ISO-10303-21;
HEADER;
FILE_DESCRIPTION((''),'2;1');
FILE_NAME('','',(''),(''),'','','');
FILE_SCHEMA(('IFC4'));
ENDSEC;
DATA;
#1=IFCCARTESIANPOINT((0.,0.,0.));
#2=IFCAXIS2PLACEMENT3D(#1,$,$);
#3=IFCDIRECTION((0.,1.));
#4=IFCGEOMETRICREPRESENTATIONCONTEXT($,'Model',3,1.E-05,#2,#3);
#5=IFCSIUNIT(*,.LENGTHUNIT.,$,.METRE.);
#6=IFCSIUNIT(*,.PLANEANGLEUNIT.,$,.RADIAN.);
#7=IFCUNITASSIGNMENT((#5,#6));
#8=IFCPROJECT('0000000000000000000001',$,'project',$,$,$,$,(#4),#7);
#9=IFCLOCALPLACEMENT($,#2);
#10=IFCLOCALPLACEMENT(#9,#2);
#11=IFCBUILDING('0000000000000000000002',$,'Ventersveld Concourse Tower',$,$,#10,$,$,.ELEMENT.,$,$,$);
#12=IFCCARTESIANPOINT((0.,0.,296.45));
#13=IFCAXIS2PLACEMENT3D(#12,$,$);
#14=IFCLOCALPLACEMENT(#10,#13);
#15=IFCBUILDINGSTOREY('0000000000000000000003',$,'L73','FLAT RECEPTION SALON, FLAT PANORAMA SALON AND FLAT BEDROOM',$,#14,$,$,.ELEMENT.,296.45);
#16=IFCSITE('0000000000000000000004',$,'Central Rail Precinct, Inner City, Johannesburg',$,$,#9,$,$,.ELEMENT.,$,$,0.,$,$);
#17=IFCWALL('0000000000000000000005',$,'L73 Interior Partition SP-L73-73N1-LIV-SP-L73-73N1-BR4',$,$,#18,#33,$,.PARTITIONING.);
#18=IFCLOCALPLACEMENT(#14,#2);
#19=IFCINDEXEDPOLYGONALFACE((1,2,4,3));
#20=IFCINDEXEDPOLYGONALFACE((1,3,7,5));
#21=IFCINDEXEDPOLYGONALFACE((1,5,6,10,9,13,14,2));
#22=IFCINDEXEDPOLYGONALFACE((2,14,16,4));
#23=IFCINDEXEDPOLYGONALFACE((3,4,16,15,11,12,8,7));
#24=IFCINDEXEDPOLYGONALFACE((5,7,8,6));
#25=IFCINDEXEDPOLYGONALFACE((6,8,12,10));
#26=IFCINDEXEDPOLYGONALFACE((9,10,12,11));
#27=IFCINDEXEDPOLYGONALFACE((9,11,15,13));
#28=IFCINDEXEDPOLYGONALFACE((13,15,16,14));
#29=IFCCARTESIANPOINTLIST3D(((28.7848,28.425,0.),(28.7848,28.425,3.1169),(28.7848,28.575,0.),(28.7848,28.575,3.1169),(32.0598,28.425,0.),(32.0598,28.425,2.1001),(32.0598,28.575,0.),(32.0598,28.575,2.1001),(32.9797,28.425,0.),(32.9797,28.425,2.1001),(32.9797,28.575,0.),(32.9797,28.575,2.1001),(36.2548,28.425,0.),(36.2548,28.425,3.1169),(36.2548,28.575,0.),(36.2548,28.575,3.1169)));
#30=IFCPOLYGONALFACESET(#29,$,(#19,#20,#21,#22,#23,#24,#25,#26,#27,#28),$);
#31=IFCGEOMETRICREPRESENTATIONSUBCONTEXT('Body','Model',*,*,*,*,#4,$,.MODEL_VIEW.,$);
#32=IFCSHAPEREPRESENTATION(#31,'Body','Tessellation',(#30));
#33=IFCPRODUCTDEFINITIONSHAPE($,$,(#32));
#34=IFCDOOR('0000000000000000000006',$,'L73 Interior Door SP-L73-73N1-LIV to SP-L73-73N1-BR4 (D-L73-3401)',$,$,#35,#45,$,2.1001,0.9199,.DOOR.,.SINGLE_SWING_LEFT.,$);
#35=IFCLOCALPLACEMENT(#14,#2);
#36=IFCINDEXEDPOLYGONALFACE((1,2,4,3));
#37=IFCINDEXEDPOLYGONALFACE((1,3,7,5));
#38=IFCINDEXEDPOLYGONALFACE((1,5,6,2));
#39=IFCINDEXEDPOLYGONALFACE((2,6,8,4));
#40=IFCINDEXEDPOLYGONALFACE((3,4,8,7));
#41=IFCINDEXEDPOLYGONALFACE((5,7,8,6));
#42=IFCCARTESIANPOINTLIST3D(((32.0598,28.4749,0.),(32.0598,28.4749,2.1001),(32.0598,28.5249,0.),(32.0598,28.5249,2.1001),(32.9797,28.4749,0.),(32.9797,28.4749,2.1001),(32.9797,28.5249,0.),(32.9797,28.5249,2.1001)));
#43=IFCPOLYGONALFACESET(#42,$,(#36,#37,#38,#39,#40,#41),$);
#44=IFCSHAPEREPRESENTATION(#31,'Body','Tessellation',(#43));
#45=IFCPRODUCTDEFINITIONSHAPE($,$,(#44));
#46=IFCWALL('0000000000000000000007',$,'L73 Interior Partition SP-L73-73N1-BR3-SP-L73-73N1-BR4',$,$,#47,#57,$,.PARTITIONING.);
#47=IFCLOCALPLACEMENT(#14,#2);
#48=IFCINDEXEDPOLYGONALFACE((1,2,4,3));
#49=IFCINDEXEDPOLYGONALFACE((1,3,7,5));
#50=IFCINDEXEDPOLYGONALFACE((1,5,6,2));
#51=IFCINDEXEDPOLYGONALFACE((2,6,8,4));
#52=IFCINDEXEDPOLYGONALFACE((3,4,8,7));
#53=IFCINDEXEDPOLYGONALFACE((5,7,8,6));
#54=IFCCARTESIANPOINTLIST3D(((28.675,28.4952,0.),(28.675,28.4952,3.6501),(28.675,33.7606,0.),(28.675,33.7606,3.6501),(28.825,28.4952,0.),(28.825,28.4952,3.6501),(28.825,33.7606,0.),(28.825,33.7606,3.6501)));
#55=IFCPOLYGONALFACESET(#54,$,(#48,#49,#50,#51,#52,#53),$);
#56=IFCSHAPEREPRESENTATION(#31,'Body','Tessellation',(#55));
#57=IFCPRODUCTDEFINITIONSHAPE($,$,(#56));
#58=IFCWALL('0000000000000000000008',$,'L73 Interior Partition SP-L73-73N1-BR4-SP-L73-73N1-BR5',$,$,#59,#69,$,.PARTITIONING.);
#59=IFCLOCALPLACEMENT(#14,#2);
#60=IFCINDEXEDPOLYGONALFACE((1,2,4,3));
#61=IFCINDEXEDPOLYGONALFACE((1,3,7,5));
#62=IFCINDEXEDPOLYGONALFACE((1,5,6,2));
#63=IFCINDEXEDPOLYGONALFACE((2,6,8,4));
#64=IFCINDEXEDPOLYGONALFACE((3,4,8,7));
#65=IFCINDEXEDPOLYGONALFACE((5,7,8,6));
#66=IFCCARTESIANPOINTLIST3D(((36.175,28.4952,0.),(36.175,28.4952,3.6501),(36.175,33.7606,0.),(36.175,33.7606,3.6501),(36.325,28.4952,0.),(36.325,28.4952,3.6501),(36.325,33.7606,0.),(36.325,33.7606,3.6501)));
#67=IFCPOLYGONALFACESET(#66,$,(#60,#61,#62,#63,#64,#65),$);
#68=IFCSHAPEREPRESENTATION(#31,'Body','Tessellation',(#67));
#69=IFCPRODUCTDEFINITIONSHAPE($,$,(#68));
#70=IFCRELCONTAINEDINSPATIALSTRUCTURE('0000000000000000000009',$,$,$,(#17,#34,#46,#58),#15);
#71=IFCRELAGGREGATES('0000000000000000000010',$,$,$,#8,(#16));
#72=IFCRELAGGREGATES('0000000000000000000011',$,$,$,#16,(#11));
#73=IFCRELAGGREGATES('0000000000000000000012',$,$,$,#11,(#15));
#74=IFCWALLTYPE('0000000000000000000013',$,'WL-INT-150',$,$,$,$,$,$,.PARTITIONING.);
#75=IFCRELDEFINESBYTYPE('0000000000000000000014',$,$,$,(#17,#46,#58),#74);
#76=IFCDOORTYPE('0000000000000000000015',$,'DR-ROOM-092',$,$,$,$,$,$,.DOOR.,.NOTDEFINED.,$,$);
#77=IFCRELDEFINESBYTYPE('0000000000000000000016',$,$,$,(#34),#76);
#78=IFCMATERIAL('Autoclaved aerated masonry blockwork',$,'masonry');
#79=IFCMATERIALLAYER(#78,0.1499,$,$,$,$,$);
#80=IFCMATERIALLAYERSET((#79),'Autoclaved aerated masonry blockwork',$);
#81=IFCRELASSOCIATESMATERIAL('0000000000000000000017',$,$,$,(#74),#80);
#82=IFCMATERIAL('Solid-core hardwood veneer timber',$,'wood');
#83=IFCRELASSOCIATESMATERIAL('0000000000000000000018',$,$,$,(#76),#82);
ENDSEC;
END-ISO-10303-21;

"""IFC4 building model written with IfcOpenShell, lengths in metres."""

from ifc_helpers import new_model, si_unit, direction, frame, frame_2d, origin, place, context, subcontext, project, spatial, rectangle, extrude, material, layer, layer_set, type_object, element, fill, save


model = new_model("IFC4")

# Units and contexts
model_context = context("Model", 3, precision=1e-05, world=origin(), true_north=direction((0.0, 1.0)))
body_context = subcontext(model_context, "Body", "Model", "MODEL_VIEW")
ifc_project = project(units=[si_unit("LENGTHUNIT", "METRE"), si_unit("PLANEANGLEUNIT", "RADIAN")], contexts=[model_context])

# Site, building, storey
site_placement = place(None, origin())
site = spatial("IfcSite", under=ifc_project, at=site_placement, Name="Central Rail Precinct, Inner City, Johannesburg", CompositionType="ELEMENT", RefElevation=0.0)
building_placement = place(site_placement, origin())
building = spatial("IfcBuilding", under=site, at=building_placement, Name="Ventersveld Concourse Tower", CompositionType="ELEMENT")
storey_placement = place(building_placement, frame((0.0, 0.0, 296.45)))
storey = spatial("IfcBuildingStorey", under=building, at=storey_placement, Name="L73", Description="FLAT RECEPTION SALON, FLAT PANORAMA SALON AND FLAT BEDROOM", CompositionType="ELEMENT", Elevation=296.45)

# Shared definitions
ifc_material_1 = material(Name="Solid-core hardwood veneer timber", Category="wood")

# Shared definitions
ifc_material_2 = material(Name="Autoclaved aerated masonry blockwork", Category="masonry")
ifc_layer_1 = layer(ifc_material_2, 0.1499)
ifc_layer_set_1 = layer_set([ifc_layer_1], Name="Autoclaved aerated masonry blockwork")
wall_type_1 = type_object("IfcWallType", Name="WL-INT-150", PredefinedType="PARTITIONING", material=ifc_layer_set_1)

# Shared definitions
door_type_1 = type_object("IfcDoorType", Name="DR-ROOM-092", OperationType="NOTDEFINED", PredefinedType="DOOR", material=ifc_material_1)

# Wall, opening, door
wall_1_placement = place(storey_placement, frame((28.7849, 28.5, 0.0), z_axis=(0.0, 0.0, 1.0), x_axis=(1.0, 0.0, 0.0)))
wall_1 = element("IfcWall", 1, at=wall_1_placement, inside=storey, type_object=wall_type_1, Name="L73 Interior Partition SP-L73-73N1-LIV-SP-L73-73N1-BR4", PredefinedType="PARTITIONING", context=body_context, shape_type="SweptSolid", body=[
    extrude(rectangle(XDim=7.47, YDim=0.1499, at=frame_2d((3.7349, 0.0))), origin(), (0.0, 0.0, 1.0), 3.1169),
])
opening_1_placement = place(wall_1_placement, frame((3.2749, 0.0, 0.0)))
opening_1 = element("IfcOpeningElement", 2, at=opening_1_placement, cuts=wall_1, PredefinedType="OPENING", context=body_context, shape_type="SweptSolid", body=[
    extrude(rectangle(XDim=0.9199, YDim=2.1001, at=frame_2d((0.46, 1.05))), frame((0.0, 0.085, 0.0), z_axis=(0.0, -1.0, 0.0), x_axis=(1.0, 0.0, 0.0)), (0.0, 0.0, 1.0), 0.1699),
])
door_1_placement = place(opening_1_placement, origin())
door_1 = element("IfcDoor", 3, at=door_1_placement, inside=storey, type_object=door_type_1, Name="L73 Interior Door SP-L73-73N1-LIV to SP-L73-73N1-BR4 (D-L73-3401)", OperationType="SINGLE_SWING_LEFT", OverallHeight=2.1001, OverallWidth=0.9199, PredefinedType="DOOR", context=body_context, shape_type="SweptSolid", body=[
    extrude(rectangle(XDim=0.9199, YDim=2.1001, at=frame_2d((0.46, 1.05))), frame((0.0, 0.0249, 0.0), z_axis=(0.0, -1.0, 0.0), x_axis=(1.0, 0.0, 0.0)), (0.0, 0.0, 1.0), 0.05),
])
fill(opening_1, door_1)

# Walls
for number, where, z_axis, x_axis, name in (
    (4, (28.75, 28.4951, 0.0), (0.0, 0.0, 1.0), (0.0, 1.0, 0.0), "L73 Interior Partition SP-L73-73N1-BR3-SP-L73-73N1-BR4"),
    (5, (36.25, 28.4951, 0.0), (0.0, 0.0, 1.0), (0.0, 1.0, 0.0), "L73 Interior Partition SP-L73-73N1-BR4-SP-L73-73N1-BR5"),
):
    element("IfcWall", number, at=place(storey_placement, frame(where, z_axis=z_axis, x_axis=x_axis)), inside=storey, type_object=wall_type_1, Name=name, PredefinedType="PARTITIONING", context=body_context, shape_type="SweptSolid", body=[
        extrude(rectangle(XDim=5.2654, YDim=0.1499, at=frame_2d((2.6328, 0.0))), origin(), (0.0, 0.0, 1.0), 3.6501),
    ])

save(model, "model.ifc")
